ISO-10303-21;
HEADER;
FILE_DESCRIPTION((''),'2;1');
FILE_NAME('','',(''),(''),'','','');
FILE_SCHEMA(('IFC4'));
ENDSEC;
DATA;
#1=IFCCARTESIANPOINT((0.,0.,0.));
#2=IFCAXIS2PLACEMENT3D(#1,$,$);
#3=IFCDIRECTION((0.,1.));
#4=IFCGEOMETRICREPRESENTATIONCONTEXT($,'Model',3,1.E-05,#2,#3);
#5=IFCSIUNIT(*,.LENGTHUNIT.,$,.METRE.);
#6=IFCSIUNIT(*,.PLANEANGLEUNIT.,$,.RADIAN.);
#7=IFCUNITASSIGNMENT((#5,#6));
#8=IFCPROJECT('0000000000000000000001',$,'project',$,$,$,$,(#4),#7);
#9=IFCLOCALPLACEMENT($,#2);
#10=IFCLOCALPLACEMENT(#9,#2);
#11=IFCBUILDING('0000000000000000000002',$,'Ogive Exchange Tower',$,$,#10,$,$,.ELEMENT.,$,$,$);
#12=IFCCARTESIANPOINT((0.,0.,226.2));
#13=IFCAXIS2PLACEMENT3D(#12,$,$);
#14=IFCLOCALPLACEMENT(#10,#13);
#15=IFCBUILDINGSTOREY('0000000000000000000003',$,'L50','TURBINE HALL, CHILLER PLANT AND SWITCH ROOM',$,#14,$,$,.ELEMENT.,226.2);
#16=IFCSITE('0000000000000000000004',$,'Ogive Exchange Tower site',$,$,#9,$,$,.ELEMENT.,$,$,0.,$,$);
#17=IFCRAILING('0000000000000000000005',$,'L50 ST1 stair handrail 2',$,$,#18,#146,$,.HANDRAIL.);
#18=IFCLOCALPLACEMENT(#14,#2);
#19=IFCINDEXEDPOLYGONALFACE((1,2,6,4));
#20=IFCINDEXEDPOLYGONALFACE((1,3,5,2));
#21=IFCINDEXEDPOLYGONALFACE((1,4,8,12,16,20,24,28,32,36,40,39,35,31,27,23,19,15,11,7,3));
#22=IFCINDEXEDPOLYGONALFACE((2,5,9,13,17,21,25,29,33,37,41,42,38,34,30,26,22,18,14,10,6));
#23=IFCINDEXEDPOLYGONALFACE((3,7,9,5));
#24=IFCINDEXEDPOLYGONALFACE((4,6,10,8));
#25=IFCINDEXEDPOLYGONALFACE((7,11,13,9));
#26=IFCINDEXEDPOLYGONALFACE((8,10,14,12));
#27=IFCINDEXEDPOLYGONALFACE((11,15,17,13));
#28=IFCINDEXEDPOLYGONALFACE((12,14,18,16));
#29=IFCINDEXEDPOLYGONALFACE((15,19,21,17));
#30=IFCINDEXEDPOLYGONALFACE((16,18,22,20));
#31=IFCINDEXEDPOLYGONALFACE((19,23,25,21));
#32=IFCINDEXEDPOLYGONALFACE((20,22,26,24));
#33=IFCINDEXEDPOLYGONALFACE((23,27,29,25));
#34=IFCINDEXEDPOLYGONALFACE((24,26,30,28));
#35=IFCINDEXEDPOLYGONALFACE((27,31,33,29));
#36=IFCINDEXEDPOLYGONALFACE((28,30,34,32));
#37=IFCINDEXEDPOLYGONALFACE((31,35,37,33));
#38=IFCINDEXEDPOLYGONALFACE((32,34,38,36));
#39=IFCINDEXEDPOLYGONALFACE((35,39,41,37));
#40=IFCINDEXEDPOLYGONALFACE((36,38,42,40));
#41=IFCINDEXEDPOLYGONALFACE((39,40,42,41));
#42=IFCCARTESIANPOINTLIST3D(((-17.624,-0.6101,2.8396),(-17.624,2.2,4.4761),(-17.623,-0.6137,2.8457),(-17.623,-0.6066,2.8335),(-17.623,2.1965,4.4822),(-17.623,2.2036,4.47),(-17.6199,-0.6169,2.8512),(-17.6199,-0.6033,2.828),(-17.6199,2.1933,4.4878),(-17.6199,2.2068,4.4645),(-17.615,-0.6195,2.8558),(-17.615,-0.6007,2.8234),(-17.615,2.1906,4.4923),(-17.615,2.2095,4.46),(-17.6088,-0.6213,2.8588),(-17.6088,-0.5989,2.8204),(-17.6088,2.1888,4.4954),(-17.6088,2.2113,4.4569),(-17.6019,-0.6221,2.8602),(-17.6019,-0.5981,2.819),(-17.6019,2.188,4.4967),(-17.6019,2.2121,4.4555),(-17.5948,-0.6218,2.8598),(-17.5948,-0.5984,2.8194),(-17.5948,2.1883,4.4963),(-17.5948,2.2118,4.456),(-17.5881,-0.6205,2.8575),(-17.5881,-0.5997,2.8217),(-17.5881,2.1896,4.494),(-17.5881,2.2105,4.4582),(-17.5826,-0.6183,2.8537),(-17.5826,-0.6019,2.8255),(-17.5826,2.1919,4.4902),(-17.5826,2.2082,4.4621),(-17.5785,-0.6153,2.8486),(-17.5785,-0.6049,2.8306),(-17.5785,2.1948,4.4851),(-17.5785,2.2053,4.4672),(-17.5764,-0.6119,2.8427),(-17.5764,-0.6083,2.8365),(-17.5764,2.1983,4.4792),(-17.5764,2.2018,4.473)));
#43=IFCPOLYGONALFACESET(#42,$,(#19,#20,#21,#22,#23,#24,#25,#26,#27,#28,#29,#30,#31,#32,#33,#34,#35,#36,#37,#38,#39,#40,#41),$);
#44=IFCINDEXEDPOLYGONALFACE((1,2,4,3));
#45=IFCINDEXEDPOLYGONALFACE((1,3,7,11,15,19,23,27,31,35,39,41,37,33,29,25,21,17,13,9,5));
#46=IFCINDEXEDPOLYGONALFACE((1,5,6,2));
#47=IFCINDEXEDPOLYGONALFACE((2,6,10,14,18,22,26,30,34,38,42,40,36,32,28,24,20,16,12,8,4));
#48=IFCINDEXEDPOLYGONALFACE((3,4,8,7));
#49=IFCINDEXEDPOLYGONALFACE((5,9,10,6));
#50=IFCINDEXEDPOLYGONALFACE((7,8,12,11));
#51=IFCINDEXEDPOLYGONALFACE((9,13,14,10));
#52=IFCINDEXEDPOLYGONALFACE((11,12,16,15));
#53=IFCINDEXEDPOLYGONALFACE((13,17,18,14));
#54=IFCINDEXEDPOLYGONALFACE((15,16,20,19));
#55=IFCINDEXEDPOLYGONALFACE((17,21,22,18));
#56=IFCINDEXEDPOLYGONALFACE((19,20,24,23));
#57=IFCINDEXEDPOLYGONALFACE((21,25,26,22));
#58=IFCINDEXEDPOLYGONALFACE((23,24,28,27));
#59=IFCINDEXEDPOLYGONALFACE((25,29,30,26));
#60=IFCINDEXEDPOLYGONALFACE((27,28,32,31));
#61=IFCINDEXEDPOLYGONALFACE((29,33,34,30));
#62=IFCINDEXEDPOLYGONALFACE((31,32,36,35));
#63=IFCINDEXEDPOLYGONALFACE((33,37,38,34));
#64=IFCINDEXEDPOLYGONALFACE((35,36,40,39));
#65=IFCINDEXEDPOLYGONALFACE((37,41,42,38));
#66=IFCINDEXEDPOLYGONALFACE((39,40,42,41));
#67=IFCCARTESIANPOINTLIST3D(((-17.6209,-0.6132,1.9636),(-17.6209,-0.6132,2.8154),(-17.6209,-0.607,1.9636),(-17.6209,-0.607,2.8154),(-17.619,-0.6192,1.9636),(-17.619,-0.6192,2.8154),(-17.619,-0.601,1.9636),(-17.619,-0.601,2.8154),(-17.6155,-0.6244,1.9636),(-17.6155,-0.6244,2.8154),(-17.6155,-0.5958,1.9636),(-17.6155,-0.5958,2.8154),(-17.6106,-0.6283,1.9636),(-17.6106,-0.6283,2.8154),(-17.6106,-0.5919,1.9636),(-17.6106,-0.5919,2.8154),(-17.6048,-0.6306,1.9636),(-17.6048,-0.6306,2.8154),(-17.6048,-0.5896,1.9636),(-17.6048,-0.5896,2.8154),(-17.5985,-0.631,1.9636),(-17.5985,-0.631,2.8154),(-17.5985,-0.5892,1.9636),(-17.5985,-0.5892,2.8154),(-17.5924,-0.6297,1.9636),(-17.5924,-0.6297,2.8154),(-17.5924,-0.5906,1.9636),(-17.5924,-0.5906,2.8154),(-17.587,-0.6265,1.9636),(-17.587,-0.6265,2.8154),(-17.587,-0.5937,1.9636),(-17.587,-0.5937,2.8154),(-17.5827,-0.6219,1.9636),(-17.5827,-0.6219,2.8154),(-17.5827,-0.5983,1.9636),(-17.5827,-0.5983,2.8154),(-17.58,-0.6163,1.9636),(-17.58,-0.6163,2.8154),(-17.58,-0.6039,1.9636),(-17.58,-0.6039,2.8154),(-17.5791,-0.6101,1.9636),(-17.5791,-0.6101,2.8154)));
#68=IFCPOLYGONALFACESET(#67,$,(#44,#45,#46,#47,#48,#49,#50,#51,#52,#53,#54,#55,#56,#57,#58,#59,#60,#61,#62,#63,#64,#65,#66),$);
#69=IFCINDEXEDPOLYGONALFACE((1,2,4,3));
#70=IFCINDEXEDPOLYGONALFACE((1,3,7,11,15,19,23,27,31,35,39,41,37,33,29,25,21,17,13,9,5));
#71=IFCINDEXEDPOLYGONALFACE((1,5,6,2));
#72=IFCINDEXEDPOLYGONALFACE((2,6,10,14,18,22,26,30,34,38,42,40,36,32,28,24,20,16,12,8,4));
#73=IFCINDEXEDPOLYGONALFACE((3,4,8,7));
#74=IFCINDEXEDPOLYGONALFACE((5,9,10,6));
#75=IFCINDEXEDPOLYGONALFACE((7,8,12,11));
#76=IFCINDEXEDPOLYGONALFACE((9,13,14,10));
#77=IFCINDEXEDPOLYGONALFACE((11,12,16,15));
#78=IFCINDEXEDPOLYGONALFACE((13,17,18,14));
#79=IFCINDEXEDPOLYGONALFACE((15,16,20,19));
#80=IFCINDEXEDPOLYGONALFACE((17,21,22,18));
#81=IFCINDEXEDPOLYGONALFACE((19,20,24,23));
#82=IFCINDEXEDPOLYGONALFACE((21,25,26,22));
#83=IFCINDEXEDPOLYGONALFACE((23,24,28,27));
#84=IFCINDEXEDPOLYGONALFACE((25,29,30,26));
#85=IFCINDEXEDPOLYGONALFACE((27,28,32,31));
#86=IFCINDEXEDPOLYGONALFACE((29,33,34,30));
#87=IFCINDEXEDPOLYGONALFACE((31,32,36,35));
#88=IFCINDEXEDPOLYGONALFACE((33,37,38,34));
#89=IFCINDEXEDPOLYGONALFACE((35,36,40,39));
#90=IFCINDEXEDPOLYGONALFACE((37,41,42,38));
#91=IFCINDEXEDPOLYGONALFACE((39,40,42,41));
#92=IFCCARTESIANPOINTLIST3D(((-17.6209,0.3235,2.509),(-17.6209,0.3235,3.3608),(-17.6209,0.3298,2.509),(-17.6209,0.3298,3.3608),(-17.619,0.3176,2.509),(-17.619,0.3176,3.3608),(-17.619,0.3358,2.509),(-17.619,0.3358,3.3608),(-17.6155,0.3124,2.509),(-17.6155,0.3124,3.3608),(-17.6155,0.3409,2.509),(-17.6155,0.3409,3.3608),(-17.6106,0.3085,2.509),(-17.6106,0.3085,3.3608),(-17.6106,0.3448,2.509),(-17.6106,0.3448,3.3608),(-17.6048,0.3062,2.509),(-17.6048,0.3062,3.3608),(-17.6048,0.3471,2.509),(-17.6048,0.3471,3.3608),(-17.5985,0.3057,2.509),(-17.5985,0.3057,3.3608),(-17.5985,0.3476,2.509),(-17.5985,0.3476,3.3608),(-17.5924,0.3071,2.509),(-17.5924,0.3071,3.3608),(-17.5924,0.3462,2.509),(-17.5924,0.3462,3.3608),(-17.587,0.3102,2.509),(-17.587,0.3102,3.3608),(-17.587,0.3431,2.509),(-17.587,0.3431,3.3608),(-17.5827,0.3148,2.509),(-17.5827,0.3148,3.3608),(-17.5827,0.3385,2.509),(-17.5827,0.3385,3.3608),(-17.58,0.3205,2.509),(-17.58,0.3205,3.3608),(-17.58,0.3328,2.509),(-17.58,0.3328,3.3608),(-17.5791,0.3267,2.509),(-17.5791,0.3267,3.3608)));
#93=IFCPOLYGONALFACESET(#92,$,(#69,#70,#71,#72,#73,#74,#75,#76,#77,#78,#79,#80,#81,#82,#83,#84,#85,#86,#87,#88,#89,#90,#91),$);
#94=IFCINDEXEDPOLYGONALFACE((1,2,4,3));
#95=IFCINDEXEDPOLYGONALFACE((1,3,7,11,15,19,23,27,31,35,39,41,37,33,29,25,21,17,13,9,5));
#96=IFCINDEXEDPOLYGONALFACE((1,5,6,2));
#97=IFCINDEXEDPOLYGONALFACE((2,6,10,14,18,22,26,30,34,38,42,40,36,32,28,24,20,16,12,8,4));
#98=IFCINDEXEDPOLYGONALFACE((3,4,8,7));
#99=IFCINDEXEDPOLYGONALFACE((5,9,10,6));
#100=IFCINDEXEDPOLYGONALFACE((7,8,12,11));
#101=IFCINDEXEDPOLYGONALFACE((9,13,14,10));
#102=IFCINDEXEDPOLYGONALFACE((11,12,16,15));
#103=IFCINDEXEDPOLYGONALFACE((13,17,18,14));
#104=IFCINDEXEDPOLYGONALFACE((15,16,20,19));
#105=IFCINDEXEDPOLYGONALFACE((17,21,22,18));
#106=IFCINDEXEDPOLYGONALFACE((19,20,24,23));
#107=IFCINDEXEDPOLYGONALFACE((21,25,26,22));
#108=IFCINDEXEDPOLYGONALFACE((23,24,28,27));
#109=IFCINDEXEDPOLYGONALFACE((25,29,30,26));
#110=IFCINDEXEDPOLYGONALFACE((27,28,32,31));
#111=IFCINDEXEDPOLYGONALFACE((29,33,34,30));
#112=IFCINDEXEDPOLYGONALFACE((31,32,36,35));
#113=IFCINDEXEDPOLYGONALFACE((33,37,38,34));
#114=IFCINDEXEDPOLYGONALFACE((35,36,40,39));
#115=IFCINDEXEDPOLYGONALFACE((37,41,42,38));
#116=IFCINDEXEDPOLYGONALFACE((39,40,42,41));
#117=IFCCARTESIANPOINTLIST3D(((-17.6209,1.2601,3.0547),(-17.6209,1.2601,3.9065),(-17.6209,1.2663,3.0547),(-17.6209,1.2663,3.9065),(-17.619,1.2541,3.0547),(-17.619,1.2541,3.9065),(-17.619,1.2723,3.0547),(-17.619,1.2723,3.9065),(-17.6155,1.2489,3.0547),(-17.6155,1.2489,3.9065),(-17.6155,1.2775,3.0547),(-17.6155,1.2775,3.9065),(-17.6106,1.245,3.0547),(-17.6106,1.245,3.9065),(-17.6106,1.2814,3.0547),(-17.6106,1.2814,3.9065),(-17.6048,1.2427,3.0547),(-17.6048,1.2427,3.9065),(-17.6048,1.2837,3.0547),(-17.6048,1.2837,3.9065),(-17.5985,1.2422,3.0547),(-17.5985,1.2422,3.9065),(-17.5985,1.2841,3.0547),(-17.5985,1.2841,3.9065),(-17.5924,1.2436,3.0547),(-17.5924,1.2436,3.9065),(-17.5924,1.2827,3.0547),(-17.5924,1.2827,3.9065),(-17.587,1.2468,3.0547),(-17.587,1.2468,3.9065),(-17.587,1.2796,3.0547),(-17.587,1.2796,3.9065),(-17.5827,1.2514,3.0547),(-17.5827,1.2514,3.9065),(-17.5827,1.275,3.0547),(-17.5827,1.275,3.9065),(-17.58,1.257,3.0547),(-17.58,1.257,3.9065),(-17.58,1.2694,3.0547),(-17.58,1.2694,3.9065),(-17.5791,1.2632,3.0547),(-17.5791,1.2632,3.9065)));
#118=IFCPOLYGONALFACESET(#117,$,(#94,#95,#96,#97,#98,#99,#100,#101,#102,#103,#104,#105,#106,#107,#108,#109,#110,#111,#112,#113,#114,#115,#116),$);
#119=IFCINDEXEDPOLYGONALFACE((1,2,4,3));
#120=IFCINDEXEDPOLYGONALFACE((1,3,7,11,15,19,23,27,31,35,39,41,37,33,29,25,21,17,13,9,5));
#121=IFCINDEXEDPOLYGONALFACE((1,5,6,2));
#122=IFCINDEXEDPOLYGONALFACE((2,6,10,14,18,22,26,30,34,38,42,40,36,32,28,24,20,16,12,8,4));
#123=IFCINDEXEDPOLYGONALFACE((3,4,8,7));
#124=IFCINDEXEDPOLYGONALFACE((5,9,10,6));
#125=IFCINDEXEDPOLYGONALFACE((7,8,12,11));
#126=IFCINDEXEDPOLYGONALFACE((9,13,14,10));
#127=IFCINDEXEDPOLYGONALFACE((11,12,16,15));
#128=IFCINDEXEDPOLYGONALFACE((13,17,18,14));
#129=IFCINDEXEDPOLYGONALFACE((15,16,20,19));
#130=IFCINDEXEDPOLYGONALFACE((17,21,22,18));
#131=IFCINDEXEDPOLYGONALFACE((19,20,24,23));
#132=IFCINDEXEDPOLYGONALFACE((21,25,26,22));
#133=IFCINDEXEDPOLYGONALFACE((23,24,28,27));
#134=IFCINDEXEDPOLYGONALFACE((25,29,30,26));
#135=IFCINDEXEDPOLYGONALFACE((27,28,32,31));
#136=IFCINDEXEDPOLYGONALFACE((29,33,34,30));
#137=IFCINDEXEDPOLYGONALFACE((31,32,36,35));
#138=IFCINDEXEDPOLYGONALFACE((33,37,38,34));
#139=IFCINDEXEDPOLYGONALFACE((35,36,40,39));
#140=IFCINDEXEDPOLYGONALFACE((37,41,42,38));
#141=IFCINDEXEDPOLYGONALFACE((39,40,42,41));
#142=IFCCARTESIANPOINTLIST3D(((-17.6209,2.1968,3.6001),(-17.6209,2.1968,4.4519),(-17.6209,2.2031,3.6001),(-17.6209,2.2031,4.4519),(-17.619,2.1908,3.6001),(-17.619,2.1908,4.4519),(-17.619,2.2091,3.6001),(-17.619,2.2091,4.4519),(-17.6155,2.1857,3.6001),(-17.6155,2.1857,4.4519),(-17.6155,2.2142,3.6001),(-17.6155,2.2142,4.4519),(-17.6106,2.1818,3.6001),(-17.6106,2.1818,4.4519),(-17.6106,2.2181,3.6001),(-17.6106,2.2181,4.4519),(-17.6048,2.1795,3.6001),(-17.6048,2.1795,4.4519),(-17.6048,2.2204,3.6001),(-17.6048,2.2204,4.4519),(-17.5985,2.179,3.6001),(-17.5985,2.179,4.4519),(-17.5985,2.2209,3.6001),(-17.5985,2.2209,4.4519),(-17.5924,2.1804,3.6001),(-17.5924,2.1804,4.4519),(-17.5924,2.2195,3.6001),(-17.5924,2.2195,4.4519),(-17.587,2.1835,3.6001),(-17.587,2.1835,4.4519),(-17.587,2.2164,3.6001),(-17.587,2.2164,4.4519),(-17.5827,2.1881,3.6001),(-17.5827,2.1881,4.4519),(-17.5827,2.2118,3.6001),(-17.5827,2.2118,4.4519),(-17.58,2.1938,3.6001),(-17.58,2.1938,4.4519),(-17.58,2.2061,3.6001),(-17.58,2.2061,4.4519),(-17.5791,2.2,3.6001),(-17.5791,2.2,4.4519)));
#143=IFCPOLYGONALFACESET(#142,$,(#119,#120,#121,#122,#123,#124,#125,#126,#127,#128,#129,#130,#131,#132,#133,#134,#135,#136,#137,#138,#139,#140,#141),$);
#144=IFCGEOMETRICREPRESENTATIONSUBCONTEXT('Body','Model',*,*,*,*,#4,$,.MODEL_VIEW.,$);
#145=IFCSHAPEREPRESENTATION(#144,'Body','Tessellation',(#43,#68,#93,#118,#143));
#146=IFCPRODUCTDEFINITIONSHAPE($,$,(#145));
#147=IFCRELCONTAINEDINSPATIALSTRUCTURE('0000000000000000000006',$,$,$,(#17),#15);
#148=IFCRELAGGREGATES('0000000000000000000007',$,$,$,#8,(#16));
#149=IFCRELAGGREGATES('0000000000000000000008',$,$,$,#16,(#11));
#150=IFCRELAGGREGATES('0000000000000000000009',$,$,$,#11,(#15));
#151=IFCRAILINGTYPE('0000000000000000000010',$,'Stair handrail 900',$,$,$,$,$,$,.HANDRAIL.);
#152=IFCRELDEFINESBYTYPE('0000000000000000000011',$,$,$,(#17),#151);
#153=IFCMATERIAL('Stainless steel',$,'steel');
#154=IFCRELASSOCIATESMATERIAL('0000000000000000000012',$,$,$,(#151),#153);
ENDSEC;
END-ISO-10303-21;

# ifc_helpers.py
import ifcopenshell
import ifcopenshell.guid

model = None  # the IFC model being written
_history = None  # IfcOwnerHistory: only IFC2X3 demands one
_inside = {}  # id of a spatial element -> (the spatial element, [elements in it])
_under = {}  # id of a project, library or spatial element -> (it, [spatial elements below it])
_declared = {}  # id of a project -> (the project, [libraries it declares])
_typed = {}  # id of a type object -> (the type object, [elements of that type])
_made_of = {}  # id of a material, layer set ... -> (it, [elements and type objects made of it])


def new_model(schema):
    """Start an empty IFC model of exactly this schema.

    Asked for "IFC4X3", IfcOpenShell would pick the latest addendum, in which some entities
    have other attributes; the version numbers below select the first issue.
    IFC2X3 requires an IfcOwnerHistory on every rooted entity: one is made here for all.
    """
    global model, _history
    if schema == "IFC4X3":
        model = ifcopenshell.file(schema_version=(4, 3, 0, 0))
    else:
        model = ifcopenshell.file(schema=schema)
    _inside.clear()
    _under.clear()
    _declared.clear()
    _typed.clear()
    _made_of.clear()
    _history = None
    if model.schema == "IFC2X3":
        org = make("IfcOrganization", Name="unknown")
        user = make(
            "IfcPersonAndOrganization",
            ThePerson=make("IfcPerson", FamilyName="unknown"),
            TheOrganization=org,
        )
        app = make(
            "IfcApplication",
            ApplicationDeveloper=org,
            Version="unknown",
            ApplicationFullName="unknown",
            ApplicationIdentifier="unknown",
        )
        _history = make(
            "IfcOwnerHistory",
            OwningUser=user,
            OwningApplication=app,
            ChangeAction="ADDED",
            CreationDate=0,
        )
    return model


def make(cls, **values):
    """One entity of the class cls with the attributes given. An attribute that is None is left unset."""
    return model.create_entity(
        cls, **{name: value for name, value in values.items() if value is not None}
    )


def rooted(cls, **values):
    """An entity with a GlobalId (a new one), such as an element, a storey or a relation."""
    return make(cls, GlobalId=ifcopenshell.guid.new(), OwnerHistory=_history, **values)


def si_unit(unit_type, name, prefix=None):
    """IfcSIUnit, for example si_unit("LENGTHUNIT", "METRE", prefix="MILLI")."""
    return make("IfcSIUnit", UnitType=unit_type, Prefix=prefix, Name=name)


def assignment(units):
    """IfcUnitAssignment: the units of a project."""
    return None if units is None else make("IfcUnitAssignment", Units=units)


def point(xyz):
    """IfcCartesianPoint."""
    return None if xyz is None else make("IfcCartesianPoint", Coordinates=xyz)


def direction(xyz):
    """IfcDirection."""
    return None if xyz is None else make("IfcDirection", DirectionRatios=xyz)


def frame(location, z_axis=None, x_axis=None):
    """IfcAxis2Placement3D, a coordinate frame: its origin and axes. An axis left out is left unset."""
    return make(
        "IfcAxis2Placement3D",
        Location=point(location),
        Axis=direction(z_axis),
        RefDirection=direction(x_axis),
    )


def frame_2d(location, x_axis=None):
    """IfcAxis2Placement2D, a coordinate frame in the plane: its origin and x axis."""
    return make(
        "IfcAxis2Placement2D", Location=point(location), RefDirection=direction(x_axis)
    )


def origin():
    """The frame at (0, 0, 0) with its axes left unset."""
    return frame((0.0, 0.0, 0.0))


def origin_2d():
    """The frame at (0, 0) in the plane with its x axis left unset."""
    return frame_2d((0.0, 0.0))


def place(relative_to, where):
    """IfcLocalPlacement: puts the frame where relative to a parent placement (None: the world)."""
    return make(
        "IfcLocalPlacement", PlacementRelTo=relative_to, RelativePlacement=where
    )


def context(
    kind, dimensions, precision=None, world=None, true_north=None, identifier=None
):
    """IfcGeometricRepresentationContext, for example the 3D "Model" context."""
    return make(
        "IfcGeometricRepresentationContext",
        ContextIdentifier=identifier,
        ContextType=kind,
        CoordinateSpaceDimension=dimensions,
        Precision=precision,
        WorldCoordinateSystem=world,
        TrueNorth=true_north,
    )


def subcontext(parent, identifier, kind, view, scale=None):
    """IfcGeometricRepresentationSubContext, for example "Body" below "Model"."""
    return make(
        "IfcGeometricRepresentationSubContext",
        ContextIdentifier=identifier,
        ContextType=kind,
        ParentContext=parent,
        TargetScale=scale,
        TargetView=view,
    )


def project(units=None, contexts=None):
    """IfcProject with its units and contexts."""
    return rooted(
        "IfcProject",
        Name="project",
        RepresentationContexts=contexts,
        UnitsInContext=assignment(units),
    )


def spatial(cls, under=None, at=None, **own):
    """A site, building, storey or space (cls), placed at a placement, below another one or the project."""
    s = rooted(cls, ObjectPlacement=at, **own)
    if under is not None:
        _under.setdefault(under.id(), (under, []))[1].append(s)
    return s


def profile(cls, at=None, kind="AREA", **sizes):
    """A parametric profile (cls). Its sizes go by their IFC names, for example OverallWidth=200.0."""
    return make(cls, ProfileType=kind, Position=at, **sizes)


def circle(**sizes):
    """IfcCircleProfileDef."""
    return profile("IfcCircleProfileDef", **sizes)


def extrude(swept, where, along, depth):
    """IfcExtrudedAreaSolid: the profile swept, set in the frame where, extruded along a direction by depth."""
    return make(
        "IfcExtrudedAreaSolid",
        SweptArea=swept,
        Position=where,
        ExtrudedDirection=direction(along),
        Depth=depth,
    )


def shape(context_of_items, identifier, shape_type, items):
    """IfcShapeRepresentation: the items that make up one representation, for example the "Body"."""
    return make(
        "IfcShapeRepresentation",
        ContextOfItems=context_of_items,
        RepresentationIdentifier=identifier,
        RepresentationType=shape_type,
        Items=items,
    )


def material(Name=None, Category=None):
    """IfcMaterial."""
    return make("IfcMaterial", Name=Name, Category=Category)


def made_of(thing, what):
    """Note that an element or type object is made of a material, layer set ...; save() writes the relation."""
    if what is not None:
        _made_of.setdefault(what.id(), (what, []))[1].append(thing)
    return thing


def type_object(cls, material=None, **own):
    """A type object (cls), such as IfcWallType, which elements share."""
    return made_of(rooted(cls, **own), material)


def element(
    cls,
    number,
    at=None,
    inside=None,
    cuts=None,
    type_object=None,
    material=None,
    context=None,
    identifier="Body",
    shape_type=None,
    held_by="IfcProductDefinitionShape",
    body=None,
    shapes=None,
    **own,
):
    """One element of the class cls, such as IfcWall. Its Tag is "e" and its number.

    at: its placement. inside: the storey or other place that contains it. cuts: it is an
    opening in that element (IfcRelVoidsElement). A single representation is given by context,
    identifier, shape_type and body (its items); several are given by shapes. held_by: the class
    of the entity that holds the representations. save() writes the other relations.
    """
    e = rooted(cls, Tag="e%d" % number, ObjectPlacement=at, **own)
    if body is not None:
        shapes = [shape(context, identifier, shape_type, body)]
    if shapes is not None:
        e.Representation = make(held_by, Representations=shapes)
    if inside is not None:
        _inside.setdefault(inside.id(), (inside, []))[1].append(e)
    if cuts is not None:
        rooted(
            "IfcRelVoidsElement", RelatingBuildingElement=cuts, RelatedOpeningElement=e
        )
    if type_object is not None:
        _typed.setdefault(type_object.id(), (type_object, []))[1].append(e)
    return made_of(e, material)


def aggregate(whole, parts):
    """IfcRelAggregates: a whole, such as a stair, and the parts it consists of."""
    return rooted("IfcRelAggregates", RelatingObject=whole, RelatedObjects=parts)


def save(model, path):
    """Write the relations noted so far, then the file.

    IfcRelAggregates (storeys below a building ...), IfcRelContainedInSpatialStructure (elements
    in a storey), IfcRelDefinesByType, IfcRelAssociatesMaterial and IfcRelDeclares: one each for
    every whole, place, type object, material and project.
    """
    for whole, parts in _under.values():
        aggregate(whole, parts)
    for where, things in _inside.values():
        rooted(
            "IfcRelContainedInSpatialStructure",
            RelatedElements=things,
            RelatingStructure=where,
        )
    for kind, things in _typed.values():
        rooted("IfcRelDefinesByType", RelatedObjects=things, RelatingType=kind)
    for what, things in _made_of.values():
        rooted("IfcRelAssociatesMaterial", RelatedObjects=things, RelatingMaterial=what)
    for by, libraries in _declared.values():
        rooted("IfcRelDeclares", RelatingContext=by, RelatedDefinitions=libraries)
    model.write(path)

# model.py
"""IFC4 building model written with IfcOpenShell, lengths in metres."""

from ifc_helpers import new_model, si_unit, direction, frame, origin, origin_2d, place, context, subcontext, project, spatial, circle, extrude, material, type_object, element, save


model = new_model("IFC4")

# Units and contexts
model_context = context("Model", 3, precision=1e-05, world=origin(), true_north=direction((0.0, 1.0)))
body_context = subcontext(model_context, "Body", "Model", "MODEL_VIEW")
ifc_project = project(units=[si_unit("LENGTHUNIT", "METRE"), si_unit("PLANEANGLEUNIT", "RADIAN")], contexts=[model_context])

# Site, building, storey
site_placement = place(None, origin())
site = spatial("IfcSite", under=ifc_project, at=site_placement, Name="Ogive Exchange Tower site", CompositionType="ELEMENT", RefElevation=0.0)
building_placement = place(site_placement, origin())
building = spatial("IfcBuilding", under=site, at=building_placement, Name="Ogive Exchange Tower", CompositionType="ELEMENT")
storey_placement = place(building_placement, frame((0.0, 0.0, 226.2)))
storey = spatial("IfcBuildingStorey", under=building, at=storey_placement, Name="L50", Description="TURBINE HALL, CHILLER PLANT AND SWITCH ROOM", CompositionType="ELEMENT", Elevation=226.2)

# Shared definitions
ifc_material_1 = material(Name="Stainless steel", Category="steel")

# Railing
railing_type = type_object("IfcRailingType", Name="Stair handrail 900", PredefinedType="HANDRAIL", material=ifc_material_1)
railing_1_placement = place(storey_placement, frame((-17.6001, -0.6101, 1.9636)))
element("IfcRailing", 1, at=railing_1_placement, inside=storey, type_object=railing_type, Name="L50 ST1 stair handrail 2", PredefinedType="HANDRAIL", context=body_context, shape_type="SweptSolid", body=[
    extrude(circle(Radius=0.0239, at=origin_2d()), frame((0.0, 0.0, 0.876), z_axis=(0.0, 0.864144, 0.503245), x_axis=(-1.0, 0.0, 0.0)), (0.0, 0.0, 1.0), 3.252),
    extrude(circle(Radius=0.021, at=origin_2d()), origin(), (0.0, 0.0, 1.0), 0.8518),
    extrude(circle(Radius=0.021, at=origin_2d()), frame((0.0, 0.9368, 0.5454)), (0.0, 0.0, 1.0), 0.8518),
    extrude(circle(Radius=0.021, at=origin_2d()), frame((0.0, 1.8733, 1.0911)), (0.0, 0.0, 1.0), 0.8518),
    extrude(circle(Radius=0.021, at=origin_2d()), frame((0.0, 2.8101, 1.6365)), (0.0, 0.0, 1.0), 0.8518),
])

save(model, "model.ifc")
